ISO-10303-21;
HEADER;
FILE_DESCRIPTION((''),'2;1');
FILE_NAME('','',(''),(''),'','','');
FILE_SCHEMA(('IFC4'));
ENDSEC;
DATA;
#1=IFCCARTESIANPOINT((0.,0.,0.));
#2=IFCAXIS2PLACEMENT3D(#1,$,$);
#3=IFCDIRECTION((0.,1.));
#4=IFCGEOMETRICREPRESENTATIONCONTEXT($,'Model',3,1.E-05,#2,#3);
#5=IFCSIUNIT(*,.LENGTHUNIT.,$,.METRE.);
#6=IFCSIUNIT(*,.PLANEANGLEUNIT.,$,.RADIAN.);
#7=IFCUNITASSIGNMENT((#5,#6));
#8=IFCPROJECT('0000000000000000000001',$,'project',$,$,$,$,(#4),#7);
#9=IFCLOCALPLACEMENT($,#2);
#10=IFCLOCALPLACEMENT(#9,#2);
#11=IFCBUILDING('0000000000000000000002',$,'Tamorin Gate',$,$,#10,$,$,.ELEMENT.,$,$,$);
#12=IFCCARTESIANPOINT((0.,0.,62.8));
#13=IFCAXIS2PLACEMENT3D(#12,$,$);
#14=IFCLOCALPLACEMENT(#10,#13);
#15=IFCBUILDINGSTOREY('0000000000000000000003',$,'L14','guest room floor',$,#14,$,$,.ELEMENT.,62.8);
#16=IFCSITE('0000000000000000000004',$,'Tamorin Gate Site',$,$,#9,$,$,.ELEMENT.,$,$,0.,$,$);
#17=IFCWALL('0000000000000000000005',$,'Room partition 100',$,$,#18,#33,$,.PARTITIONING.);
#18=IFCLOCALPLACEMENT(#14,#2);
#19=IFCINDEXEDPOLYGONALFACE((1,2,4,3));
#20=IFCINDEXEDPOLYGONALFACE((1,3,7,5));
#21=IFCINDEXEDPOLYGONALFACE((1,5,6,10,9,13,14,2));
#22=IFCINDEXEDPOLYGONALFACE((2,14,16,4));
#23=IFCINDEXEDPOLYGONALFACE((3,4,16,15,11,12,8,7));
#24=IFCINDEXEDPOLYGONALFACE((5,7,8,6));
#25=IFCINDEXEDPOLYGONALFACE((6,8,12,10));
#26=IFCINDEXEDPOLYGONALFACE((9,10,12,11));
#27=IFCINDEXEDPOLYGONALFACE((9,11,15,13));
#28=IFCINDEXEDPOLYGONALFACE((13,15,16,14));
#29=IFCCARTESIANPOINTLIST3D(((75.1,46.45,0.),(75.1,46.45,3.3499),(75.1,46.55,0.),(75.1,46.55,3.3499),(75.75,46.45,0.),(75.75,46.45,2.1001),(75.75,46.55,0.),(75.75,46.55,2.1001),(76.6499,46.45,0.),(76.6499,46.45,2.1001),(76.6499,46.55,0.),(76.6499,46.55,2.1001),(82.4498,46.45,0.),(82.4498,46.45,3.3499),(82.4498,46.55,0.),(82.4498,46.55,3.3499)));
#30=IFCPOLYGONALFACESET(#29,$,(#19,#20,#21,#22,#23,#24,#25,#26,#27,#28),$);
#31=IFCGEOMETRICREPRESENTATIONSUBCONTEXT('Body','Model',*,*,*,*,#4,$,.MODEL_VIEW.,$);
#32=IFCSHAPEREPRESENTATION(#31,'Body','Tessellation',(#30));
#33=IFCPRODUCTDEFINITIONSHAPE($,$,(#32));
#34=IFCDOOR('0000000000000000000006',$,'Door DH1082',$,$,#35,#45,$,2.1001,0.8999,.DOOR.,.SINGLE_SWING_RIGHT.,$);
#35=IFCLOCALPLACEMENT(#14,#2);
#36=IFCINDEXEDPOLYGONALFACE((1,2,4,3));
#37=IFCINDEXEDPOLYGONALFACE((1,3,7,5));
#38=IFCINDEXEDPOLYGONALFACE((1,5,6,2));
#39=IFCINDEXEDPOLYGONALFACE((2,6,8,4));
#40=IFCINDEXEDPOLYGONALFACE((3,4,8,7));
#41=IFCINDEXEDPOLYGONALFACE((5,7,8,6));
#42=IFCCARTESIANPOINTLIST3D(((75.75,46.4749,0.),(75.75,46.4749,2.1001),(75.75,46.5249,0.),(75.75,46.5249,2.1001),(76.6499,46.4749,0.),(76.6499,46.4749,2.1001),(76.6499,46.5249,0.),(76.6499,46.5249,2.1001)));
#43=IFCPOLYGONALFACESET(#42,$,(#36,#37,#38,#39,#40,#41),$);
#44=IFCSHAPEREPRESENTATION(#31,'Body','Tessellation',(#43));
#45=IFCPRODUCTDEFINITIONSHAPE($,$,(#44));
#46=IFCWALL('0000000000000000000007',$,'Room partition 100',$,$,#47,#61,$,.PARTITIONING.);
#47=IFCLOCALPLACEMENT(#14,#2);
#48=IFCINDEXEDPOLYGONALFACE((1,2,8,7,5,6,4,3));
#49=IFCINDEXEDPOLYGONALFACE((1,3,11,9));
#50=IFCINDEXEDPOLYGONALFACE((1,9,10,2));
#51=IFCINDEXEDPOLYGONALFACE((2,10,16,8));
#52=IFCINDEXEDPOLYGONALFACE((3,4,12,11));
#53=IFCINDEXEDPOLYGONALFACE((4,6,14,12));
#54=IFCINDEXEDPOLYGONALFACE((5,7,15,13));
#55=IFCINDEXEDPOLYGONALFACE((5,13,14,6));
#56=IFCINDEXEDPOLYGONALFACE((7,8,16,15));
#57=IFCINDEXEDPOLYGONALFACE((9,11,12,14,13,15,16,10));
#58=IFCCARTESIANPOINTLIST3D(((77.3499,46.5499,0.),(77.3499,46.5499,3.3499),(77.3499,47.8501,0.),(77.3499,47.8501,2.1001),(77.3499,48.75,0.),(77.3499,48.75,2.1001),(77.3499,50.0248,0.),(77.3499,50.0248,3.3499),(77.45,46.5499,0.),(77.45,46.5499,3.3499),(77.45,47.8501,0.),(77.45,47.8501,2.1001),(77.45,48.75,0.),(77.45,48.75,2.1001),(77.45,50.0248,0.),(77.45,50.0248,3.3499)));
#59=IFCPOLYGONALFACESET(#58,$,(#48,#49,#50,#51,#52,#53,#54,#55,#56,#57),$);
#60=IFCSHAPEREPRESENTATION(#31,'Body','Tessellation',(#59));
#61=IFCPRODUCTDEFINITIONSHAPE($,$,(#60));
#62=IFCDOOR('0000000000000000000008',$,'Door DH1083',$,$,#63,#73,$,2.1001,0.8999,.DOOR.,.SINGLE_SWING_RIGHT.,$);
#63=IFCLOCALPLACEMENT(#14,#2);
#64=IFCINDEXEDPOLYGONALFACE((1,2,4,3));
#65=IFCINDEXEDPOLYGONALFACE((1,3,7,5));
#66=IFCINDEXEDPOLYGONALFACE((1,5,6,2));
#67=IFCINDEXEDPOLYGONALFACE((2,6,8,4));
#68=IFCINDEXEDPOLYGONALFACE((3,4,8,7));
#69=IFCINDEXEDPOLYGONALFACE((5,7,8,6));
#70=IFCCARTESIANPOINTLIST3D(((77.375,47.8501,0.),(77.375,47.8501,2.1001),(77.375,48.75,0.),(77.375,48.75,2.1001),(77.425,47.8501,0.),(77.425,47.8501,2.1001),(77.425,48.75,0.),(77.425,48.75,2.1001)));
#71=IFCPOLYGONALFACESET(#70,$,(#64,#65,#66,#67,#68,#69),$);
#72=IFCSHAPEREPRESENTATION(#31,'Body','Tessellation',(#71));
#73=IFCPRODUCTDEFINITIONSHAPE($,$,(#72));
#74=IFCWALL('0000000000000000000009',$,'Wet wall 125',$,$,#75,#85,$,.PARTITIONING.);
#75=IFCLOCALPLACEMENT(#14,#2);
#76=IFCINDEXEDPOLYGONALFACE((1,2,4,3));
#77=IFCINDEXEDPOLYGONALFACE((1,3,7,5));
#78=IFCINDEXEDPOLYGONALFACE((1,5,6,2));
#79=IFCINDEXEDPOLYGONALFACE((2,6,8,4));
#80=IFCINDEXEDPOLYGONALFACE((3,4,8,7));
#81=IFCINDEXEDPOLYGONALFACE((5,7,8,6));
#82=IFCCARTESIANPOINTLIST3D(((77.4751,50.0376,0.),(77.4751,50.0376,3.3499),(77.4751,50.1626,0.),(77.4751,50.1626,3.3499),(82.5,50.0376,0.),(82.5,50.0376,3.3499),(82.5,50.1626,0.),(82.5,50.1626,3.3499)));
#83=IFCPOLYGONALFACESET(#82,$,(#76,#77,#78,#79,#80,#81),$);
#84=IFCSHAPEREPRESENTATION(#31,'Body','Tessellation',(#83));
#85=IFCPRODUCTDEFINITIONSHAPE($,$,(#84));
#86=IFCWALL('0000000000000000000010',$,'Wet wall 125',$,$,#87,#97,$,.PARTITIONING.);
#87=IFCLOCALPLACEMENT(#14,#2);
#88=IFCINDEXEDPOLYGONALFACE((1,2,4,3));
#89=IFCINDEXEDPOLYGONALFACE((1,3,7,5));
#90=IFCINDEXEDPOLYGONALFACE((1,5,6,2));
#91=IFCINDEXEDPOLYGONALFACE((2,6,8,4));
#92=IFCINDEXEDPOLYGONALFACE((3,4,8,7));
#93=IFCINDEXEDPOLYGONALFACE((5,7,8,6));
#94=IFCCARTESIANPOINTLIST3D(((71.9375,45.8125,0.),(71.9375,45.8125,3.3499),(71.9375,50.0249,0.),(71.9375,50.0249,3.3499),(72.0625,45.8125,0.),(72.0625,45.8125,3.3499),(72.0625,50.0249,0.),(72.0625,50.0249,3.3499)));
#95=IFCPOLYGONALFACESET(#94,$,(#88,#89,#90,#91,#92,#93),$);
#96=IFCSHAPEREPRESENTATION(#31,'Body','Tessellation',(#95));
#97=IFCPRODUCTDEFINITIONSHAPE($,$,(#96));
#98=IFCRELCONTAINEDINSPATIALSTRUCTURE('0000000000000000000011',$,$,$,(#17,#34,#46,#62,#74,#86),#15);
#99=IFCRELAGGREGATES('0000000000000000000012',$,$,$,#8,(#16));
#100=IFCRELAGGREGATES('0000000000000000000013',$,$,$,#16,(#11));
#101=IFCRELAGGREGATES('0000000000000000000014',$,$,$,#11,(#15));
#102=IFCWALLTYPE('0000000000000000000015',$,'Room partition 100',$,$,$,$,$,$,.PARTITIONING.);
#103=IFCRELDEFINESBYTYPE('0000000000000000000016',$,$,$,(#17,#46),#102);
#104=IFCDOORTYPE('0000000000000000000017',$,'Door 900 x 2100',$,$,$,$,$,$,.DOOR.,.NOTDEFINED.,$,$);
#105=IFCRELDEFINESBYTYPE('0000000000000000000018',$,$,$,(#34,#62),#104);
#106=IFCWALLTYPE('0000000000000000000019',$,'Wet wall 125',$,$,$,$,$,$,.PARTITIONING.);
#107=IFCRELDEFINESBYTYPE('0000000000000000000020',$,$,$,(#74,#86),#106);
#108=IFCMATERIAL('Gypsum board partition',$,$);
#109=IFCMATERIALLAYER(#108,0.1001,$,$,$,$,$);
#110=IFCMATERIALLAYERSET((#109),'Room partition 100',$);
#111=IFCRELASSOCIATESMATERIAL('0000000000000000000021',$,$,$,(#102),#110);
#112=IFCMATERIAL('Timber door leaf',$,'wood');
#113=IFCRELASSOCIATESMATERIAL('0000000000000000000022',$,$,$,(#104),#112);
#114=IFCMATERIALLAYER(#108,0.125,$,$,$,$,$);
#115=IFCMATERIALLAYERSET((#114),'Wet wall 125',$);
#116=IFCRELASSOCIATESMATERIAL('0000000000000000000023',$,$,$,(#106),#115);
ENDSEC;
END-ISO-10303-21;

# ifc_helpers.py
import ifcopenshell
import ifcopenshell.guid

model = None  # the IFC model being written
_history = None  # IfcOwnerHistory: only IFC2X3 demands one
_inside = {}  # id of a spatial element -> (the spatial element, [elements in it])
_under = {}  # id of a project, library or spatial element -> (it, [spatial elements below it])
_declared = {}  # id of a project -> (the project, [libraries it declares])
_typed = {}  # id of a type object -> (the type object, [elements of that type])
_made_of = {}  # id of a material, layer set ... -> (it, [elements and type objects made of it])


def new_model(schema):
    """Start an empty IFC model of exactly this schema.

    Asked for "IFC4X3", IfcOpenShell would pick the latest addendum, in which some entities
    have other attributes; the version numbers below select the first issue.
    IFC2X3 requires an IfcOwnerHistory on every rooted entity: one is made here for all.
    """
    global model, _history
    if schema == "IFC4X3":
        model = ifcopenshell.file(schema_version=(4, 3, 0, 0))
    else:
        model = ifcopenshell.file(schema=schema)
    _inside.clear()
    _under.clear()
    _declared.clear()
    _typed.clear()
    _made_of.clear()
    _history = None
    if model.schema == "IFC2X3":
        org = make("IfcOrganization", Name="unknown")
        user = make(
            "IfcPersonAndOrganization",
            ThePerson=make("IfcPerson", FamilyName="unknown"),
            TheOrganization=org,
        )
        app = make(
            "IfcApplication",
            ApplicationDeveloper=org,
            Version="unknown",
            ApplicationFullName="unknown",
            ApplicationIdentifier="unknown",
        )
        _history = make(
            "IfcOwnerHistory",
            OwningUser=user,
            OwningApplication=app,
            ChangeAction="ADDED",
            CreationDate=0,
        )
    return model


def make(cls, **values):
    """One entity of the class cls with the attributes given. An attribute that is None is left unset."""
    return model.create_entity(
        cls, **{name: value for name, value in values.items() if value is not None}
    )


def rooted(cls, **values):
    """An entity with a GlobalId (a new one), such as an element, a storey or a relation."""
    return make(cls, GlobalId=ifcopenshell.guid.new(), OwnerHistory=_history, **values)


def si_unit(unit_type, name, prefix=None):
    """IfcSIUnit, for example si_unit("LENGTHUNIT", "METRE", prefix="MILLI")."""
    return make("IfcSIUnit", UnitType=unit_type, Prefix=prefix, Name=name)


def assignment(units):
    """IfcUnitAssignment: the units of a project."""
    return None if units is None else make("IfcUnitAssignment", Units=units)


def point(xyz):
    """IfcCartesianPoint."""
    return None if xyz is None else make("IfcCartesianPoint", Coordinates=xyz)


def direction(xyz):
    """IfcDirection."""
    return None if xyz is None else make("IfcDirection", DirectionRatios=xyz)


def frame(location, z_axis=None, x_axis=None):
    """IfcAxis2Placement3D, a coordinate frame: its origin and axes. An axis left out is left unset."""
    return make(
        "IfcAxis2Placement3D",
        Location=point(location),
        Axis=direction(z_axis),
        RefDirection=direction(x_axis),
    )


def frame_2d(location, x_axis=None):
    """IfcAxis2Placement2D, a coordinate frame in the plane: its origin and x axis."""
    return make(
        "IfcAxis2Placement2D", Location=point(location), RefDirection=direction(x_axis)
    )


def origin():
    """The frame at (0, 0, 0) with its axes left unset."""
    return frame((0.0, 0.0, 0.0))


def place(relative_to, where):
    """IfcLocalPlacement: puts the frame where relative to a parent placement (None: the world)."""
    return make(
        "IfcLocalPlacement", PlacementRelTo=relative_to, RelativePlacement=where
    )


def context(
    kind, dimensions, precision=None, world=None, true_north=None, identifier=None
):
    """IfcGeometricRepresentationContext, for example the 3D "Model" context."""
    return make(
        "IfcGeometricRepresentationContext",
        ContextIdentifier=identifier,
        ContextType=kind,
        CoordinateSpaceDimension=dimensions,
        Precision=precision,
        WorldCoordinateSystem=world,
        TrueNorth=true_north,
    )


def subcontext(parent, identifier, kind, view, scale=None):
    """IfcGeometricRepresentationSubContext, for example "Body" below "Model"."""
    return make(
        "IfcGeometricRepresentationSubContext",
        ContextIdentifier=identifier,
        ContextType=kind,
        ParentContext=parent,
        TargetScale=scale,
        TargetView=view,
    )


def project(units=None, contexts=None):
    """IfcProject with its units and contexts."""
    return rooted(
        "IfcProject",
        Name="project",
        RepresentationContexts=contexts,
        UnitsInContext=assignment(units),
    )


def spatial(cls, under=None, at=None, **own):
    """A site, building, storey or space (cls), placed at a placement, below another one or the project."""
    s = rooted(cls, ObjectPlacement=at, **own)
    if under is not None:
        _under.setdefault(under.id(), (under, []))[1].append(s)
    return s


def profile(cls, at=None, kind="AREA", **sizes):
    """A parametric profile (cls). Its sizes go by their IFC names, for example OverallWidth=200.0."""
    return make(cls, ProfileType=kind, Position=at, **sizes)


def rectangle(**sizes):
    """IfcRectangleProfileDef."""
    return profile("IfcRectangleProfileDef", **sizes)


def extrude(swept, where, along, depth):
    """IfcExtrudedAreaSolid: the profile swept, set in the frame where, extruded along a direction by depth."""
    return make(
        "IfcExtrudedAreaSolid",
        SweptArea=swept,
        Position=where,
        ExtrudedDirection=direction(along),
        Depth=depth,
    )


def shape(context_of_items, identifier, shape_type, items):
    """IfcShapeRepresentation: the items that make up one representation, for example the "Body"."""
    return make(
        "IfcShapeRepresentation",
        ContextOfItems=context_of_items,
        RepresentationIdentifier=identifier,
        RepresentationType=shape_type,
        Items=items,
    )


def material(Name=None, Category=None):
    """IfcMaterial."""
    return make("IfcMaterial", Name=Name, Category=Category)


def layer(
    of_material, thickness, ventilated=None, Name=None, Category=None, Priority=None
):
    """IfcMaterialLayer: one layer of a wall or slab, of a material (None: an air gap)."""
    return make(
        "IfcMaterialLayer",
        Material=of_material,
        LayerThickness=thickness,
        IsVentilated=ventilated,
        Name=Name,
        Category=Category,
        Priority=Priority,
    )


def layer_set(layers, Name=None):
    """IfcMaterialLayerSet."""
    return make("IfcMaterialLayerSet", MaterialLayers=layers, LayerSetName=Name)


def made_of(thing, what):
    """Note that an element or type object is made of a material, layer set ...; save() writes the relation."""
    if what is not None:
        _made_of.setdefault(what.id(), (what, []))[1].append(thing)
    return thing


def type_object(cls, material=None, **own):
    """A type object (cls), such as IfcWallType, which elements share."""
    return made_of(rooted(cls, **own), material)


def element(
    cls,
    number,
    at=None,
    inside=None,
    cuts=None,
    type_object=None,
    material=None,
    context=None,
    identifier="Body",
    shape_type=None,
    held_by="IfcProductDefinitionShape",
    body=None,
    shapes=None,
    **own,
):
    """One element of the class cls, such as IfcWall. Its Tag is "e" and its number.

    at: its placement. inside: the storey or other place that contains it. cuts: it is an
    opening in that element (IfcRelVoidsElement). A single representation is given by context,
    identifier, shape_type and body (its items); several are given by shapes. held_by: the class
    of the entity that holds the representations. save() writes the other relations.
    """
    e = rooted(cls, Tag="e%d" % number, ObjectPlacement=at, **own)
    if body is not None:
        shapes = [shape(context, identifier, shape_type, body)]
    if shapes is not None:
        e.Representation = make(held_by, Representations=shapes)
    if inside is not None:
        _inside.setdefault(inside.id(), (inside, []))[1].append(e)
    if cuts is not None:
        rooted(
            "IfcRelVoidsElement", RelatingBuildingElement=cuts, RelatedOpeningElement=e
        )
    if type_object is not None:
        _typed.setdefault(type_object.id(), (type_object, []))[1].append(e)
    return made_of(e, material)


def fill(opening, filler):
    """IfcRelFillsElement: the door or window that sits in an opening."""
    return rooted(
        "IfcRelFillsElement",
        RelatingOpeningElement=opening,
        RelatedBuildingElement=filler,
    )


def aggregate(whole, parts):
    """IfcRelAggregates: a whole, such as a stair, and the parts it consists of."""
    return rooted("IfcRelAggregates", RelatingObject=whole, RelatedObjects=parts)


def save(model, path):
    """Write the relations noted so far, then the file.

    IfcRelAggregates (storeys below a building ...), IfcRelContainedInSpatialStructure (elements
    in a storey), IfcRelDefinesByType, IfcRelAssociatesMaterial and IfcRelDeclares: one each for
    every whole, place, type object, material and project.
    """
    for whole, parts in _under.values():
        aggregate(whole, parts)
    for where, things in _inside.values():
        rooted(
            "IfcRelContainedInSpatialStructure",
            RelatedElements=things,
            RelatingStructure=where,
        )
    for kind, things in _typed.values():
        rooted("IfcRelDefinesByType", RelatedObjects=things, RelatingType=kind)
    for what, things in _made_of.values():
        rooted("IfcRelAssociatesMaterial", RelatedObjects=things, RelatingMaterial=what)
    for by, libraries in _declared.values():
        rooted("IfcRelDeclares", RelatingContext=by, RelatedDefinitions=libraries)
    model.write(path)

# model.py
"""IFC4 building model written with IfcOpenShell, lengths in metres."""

from ifc_helpers import new_model, si_unit, direction, frame, frame_2d, origin, place, context, subcontext, project, spatial, rectangle, extrude, material, layer, layer_set, type_object, element, fill, save


model = new_model("IFC4")

# Units and contexts
model_context = context("Model", 3, precision=1e-05, world=origin(), true_north=direction((0.0, 1.0)))
body_context = subcontext(model_context, "Body", "Model", "MODEL_VIEW")
ifc_project = project(units=[si_unit("LENGTHUNIT", "METRE"), si_unit("PLANEANGLEUNIT", "RADIAN")], contexts=[model_context])

# Site, building, storey
site_placement = place(None, origin())
site = spatial("IfcSite", under=ifc_project, at=site_placement, Name="Tamorin Gate Site", CompositionType="ELEMENT", RefElevation=0.0)
building_placement = place(site_placement, origin())
building = spatial("IfcBuilding", under=site, at=building_placement, Name="Tamorin Gate", CompositionType="ELEMENT")
storey_placement = place(building_placement, frame((0.0, 0.0, 62.8)))
storey = spatial("IfcBuildingStorey", under=building, at=storey_placement, Name="L14", Description="guest room floor", CompositionType="ELEMENT", Elevation=62.8)

# Shared definitions
ifc_material_1 = material(Name="Gypsum board partition")

# Walls, openings, doors
ifc_layer_1 = layer(ifc_material_1, 0.1001)
ifc_layer_set_1 = layer_set([ifc_layer_1], Name="Room partition 100")
wall_type_1 = type_object("IfcWallType", Name="Room partition 100", PredefinedType="PARTITIONING", material=ifc_layer_set_1)
ifc_material_2 = material(Name="Timber door leaf", Category="wood")
door_type = type_object("IfcDoorType", Name="Door 900 x 2100", OperationType="NOTDEFINED", PredefinedType="DOOR", material=ifc_material_2)
wall_1_placement = place(storey_placement, frame((75.1001, 46.5, 0.0), z_axis=(0.0, 0.0, 1.0), x_axis=(1.0, 0.0, 0.0)))
wall_1 = element("IfcWall", 1, at=wall_1_placement, inside=storey, type_object=wall_type_1, Name="Room partition 100", PredefinedType="PARTITIONING", context=body_context, shape_type="SweptSolid", body=[
    extrude(rectangle(XDim=7.3499, YDim=0.1001, at=frame_2d((3.6748, 0.0))), origin(), (0.0, 0.0, 1.0), 3.3499),
])
opening_1_placement = place(wall_1_placement, frame((0.6499, 0.0, 0.0)))
opening_1 = element("IfcOpeningElement", 2, at=opening_1_placement, cuts=wall_1, PredefinedType="OPENING", context=body_context, shape_type="SweptSolid", body=[
    extrude(rectangle(XDim=0.8999, YDim=2.1001, at=frame_2d((0.45, 1.05))), frame((0.0, 0.0601, 0.0), z_axis=(0.0, -1.0, 0.0), x_axis=(1.0, 0.0, 0.0)), (0.0, 0.0, 1.0), 0.1201),
])
door_1_placement = place(opening_1_placement, origin())
door_1 = element("IfcDoor", 3, at=door_1_placement, inside=storey, type_object=door_type, Name="Door DH1082", OperationType="SINGLE_SWING_RIGHT", OverallHeight=2.1001, OverallWidth=0.8999, PredefinedType="DOOR", context=body_context, shape_type="SweptSolid", body=[
    extrude(rectangle(XDim=0.8999, YDim=2.1001, at=frame_2d((0.45, 1.05))), frame((0.0, 0.0249, 0.0), z_axis=(0.0, -1.0, 0.0), x_axis=(1.0, 0.0, 0.0)), (0.0, 0.0, 1.0), 0.05),
])
fill(opening_1, door_1)
wall_2_placement = place(storey_placement, frame((77.3999, 46.55, 0.0), z_axis=(0.0, 0.0, 1.0), x_axis=(0.0, 1.0, 0.0)))
wall_2 = element("IfcWall", 4, at=wall_2_placement, inside=storey, type_object=wall_type_1, Name="Room partition 100", PredefinedType="PARTITIONING", context=body_context, shape_type="SweptSolid", body=[
    extrude(rectangle(XDim=3.4749, YDim=0.1001, at=frame_2d((1.7373, 0.0))), origin(), (0.0, 0.0, 1.0), 3.3499),
])
opening_2_placement = place(wall_2_placement, frame((1.3, 0.0, 0.0)))
opening_2 = element("IfcOpeningElement", 5, at=opening_2_placement, cuts=wall_2, PredefinedType="OPENING", context=body_context, shape_type="SweptSolid", body=[
    extrude(rectangle(XDim=0.8999, YDim=2.1001, at=frame_2d((0.45, 1.05))), frame((0.0, 0.0601, 0.0), z_axis=(0.0, -1.0, 0.0), x_axis=(1.0, 0.0, 0.0)), (0.0, 0.0, 1.0), 0.1201),
])
door_2_placement = place(opening_2_placement, origin())
door_2 = element("IfcDoor", 6, at=door_2_placement, inside=storey, type_object=door_type, Name="Door DH1083", OperationType="SINGLE_SWING_RIGHT", OverallHeight=2.1001, OverallWidth=0.8999, PredefinedType="DOOR", context=body_context, shape_type="SweptSolid", body=[
    extrude(rectangle(XDim=0.8999, YDim=2.1001, at=frame_2d((0.45, 1.05))), frame((0.0, 0.0249, 0.0), z_axis=(0.0, -1.0, 0.0), x_axis=(1.0, 0.0, 0.0)), (0.0, 0.0, 1.0), 0.05),
])
fill(opening_2, door_2)

# Walls
ifc_layer_2 = layer(ifc_material_1, 0.125)
ifc_layer_set_2 = layer_set([ifc_layer_2], Name="Wet wall 125")
wall_type_2 = type_object("IfcWallType", Name="Wet wall 125", PredefinedType="PARTITIONING", material=ifc_layer_set_2)
wall_3_placement = place(storey_placement, frame((77.4751, 50.1001, 0.0), z_axis=(0.0, 0.0, 1.0), x_axis=(1.0, 0.0, 0.0)))
element("IfcWall", 7, at=wall_3_placement, inside=storey, type_object=wall_type_2, Name="Wet wall 125", PredefinedType="PARTITIONING", context=body_context, shape_type="SweptSolid", body=[
    extrude(rectangle(XDim=5.0249, YDim=0.125, at=frame_2d((2.5125, 0.0))), origin(), (0.0, 0.0, 1.0), 3.3499),
])
wall_4_placement = place(storey_placement, frame((72.0, 45.8125, 0.0), z_axis=(0.0, 0.0, 1.0), x_axis=(0.0, 1.0, 0.0)))
element("IfcWall", 8, at=wall_4_placement, inside=storey, type_object=wall_type_2, Name="Wet wall 125", PredefinedType="PARTITIONING", context=body_context, shape_type="SweptSolid", body=[
    extrude(rectangle(XDim=4.2124, YDim=0.125, at=frame_2d((2.1062, 0.0))), origin(), (0.0, 0.0, 1.0), 3.3499),
])

save(model, "model.ifc")
